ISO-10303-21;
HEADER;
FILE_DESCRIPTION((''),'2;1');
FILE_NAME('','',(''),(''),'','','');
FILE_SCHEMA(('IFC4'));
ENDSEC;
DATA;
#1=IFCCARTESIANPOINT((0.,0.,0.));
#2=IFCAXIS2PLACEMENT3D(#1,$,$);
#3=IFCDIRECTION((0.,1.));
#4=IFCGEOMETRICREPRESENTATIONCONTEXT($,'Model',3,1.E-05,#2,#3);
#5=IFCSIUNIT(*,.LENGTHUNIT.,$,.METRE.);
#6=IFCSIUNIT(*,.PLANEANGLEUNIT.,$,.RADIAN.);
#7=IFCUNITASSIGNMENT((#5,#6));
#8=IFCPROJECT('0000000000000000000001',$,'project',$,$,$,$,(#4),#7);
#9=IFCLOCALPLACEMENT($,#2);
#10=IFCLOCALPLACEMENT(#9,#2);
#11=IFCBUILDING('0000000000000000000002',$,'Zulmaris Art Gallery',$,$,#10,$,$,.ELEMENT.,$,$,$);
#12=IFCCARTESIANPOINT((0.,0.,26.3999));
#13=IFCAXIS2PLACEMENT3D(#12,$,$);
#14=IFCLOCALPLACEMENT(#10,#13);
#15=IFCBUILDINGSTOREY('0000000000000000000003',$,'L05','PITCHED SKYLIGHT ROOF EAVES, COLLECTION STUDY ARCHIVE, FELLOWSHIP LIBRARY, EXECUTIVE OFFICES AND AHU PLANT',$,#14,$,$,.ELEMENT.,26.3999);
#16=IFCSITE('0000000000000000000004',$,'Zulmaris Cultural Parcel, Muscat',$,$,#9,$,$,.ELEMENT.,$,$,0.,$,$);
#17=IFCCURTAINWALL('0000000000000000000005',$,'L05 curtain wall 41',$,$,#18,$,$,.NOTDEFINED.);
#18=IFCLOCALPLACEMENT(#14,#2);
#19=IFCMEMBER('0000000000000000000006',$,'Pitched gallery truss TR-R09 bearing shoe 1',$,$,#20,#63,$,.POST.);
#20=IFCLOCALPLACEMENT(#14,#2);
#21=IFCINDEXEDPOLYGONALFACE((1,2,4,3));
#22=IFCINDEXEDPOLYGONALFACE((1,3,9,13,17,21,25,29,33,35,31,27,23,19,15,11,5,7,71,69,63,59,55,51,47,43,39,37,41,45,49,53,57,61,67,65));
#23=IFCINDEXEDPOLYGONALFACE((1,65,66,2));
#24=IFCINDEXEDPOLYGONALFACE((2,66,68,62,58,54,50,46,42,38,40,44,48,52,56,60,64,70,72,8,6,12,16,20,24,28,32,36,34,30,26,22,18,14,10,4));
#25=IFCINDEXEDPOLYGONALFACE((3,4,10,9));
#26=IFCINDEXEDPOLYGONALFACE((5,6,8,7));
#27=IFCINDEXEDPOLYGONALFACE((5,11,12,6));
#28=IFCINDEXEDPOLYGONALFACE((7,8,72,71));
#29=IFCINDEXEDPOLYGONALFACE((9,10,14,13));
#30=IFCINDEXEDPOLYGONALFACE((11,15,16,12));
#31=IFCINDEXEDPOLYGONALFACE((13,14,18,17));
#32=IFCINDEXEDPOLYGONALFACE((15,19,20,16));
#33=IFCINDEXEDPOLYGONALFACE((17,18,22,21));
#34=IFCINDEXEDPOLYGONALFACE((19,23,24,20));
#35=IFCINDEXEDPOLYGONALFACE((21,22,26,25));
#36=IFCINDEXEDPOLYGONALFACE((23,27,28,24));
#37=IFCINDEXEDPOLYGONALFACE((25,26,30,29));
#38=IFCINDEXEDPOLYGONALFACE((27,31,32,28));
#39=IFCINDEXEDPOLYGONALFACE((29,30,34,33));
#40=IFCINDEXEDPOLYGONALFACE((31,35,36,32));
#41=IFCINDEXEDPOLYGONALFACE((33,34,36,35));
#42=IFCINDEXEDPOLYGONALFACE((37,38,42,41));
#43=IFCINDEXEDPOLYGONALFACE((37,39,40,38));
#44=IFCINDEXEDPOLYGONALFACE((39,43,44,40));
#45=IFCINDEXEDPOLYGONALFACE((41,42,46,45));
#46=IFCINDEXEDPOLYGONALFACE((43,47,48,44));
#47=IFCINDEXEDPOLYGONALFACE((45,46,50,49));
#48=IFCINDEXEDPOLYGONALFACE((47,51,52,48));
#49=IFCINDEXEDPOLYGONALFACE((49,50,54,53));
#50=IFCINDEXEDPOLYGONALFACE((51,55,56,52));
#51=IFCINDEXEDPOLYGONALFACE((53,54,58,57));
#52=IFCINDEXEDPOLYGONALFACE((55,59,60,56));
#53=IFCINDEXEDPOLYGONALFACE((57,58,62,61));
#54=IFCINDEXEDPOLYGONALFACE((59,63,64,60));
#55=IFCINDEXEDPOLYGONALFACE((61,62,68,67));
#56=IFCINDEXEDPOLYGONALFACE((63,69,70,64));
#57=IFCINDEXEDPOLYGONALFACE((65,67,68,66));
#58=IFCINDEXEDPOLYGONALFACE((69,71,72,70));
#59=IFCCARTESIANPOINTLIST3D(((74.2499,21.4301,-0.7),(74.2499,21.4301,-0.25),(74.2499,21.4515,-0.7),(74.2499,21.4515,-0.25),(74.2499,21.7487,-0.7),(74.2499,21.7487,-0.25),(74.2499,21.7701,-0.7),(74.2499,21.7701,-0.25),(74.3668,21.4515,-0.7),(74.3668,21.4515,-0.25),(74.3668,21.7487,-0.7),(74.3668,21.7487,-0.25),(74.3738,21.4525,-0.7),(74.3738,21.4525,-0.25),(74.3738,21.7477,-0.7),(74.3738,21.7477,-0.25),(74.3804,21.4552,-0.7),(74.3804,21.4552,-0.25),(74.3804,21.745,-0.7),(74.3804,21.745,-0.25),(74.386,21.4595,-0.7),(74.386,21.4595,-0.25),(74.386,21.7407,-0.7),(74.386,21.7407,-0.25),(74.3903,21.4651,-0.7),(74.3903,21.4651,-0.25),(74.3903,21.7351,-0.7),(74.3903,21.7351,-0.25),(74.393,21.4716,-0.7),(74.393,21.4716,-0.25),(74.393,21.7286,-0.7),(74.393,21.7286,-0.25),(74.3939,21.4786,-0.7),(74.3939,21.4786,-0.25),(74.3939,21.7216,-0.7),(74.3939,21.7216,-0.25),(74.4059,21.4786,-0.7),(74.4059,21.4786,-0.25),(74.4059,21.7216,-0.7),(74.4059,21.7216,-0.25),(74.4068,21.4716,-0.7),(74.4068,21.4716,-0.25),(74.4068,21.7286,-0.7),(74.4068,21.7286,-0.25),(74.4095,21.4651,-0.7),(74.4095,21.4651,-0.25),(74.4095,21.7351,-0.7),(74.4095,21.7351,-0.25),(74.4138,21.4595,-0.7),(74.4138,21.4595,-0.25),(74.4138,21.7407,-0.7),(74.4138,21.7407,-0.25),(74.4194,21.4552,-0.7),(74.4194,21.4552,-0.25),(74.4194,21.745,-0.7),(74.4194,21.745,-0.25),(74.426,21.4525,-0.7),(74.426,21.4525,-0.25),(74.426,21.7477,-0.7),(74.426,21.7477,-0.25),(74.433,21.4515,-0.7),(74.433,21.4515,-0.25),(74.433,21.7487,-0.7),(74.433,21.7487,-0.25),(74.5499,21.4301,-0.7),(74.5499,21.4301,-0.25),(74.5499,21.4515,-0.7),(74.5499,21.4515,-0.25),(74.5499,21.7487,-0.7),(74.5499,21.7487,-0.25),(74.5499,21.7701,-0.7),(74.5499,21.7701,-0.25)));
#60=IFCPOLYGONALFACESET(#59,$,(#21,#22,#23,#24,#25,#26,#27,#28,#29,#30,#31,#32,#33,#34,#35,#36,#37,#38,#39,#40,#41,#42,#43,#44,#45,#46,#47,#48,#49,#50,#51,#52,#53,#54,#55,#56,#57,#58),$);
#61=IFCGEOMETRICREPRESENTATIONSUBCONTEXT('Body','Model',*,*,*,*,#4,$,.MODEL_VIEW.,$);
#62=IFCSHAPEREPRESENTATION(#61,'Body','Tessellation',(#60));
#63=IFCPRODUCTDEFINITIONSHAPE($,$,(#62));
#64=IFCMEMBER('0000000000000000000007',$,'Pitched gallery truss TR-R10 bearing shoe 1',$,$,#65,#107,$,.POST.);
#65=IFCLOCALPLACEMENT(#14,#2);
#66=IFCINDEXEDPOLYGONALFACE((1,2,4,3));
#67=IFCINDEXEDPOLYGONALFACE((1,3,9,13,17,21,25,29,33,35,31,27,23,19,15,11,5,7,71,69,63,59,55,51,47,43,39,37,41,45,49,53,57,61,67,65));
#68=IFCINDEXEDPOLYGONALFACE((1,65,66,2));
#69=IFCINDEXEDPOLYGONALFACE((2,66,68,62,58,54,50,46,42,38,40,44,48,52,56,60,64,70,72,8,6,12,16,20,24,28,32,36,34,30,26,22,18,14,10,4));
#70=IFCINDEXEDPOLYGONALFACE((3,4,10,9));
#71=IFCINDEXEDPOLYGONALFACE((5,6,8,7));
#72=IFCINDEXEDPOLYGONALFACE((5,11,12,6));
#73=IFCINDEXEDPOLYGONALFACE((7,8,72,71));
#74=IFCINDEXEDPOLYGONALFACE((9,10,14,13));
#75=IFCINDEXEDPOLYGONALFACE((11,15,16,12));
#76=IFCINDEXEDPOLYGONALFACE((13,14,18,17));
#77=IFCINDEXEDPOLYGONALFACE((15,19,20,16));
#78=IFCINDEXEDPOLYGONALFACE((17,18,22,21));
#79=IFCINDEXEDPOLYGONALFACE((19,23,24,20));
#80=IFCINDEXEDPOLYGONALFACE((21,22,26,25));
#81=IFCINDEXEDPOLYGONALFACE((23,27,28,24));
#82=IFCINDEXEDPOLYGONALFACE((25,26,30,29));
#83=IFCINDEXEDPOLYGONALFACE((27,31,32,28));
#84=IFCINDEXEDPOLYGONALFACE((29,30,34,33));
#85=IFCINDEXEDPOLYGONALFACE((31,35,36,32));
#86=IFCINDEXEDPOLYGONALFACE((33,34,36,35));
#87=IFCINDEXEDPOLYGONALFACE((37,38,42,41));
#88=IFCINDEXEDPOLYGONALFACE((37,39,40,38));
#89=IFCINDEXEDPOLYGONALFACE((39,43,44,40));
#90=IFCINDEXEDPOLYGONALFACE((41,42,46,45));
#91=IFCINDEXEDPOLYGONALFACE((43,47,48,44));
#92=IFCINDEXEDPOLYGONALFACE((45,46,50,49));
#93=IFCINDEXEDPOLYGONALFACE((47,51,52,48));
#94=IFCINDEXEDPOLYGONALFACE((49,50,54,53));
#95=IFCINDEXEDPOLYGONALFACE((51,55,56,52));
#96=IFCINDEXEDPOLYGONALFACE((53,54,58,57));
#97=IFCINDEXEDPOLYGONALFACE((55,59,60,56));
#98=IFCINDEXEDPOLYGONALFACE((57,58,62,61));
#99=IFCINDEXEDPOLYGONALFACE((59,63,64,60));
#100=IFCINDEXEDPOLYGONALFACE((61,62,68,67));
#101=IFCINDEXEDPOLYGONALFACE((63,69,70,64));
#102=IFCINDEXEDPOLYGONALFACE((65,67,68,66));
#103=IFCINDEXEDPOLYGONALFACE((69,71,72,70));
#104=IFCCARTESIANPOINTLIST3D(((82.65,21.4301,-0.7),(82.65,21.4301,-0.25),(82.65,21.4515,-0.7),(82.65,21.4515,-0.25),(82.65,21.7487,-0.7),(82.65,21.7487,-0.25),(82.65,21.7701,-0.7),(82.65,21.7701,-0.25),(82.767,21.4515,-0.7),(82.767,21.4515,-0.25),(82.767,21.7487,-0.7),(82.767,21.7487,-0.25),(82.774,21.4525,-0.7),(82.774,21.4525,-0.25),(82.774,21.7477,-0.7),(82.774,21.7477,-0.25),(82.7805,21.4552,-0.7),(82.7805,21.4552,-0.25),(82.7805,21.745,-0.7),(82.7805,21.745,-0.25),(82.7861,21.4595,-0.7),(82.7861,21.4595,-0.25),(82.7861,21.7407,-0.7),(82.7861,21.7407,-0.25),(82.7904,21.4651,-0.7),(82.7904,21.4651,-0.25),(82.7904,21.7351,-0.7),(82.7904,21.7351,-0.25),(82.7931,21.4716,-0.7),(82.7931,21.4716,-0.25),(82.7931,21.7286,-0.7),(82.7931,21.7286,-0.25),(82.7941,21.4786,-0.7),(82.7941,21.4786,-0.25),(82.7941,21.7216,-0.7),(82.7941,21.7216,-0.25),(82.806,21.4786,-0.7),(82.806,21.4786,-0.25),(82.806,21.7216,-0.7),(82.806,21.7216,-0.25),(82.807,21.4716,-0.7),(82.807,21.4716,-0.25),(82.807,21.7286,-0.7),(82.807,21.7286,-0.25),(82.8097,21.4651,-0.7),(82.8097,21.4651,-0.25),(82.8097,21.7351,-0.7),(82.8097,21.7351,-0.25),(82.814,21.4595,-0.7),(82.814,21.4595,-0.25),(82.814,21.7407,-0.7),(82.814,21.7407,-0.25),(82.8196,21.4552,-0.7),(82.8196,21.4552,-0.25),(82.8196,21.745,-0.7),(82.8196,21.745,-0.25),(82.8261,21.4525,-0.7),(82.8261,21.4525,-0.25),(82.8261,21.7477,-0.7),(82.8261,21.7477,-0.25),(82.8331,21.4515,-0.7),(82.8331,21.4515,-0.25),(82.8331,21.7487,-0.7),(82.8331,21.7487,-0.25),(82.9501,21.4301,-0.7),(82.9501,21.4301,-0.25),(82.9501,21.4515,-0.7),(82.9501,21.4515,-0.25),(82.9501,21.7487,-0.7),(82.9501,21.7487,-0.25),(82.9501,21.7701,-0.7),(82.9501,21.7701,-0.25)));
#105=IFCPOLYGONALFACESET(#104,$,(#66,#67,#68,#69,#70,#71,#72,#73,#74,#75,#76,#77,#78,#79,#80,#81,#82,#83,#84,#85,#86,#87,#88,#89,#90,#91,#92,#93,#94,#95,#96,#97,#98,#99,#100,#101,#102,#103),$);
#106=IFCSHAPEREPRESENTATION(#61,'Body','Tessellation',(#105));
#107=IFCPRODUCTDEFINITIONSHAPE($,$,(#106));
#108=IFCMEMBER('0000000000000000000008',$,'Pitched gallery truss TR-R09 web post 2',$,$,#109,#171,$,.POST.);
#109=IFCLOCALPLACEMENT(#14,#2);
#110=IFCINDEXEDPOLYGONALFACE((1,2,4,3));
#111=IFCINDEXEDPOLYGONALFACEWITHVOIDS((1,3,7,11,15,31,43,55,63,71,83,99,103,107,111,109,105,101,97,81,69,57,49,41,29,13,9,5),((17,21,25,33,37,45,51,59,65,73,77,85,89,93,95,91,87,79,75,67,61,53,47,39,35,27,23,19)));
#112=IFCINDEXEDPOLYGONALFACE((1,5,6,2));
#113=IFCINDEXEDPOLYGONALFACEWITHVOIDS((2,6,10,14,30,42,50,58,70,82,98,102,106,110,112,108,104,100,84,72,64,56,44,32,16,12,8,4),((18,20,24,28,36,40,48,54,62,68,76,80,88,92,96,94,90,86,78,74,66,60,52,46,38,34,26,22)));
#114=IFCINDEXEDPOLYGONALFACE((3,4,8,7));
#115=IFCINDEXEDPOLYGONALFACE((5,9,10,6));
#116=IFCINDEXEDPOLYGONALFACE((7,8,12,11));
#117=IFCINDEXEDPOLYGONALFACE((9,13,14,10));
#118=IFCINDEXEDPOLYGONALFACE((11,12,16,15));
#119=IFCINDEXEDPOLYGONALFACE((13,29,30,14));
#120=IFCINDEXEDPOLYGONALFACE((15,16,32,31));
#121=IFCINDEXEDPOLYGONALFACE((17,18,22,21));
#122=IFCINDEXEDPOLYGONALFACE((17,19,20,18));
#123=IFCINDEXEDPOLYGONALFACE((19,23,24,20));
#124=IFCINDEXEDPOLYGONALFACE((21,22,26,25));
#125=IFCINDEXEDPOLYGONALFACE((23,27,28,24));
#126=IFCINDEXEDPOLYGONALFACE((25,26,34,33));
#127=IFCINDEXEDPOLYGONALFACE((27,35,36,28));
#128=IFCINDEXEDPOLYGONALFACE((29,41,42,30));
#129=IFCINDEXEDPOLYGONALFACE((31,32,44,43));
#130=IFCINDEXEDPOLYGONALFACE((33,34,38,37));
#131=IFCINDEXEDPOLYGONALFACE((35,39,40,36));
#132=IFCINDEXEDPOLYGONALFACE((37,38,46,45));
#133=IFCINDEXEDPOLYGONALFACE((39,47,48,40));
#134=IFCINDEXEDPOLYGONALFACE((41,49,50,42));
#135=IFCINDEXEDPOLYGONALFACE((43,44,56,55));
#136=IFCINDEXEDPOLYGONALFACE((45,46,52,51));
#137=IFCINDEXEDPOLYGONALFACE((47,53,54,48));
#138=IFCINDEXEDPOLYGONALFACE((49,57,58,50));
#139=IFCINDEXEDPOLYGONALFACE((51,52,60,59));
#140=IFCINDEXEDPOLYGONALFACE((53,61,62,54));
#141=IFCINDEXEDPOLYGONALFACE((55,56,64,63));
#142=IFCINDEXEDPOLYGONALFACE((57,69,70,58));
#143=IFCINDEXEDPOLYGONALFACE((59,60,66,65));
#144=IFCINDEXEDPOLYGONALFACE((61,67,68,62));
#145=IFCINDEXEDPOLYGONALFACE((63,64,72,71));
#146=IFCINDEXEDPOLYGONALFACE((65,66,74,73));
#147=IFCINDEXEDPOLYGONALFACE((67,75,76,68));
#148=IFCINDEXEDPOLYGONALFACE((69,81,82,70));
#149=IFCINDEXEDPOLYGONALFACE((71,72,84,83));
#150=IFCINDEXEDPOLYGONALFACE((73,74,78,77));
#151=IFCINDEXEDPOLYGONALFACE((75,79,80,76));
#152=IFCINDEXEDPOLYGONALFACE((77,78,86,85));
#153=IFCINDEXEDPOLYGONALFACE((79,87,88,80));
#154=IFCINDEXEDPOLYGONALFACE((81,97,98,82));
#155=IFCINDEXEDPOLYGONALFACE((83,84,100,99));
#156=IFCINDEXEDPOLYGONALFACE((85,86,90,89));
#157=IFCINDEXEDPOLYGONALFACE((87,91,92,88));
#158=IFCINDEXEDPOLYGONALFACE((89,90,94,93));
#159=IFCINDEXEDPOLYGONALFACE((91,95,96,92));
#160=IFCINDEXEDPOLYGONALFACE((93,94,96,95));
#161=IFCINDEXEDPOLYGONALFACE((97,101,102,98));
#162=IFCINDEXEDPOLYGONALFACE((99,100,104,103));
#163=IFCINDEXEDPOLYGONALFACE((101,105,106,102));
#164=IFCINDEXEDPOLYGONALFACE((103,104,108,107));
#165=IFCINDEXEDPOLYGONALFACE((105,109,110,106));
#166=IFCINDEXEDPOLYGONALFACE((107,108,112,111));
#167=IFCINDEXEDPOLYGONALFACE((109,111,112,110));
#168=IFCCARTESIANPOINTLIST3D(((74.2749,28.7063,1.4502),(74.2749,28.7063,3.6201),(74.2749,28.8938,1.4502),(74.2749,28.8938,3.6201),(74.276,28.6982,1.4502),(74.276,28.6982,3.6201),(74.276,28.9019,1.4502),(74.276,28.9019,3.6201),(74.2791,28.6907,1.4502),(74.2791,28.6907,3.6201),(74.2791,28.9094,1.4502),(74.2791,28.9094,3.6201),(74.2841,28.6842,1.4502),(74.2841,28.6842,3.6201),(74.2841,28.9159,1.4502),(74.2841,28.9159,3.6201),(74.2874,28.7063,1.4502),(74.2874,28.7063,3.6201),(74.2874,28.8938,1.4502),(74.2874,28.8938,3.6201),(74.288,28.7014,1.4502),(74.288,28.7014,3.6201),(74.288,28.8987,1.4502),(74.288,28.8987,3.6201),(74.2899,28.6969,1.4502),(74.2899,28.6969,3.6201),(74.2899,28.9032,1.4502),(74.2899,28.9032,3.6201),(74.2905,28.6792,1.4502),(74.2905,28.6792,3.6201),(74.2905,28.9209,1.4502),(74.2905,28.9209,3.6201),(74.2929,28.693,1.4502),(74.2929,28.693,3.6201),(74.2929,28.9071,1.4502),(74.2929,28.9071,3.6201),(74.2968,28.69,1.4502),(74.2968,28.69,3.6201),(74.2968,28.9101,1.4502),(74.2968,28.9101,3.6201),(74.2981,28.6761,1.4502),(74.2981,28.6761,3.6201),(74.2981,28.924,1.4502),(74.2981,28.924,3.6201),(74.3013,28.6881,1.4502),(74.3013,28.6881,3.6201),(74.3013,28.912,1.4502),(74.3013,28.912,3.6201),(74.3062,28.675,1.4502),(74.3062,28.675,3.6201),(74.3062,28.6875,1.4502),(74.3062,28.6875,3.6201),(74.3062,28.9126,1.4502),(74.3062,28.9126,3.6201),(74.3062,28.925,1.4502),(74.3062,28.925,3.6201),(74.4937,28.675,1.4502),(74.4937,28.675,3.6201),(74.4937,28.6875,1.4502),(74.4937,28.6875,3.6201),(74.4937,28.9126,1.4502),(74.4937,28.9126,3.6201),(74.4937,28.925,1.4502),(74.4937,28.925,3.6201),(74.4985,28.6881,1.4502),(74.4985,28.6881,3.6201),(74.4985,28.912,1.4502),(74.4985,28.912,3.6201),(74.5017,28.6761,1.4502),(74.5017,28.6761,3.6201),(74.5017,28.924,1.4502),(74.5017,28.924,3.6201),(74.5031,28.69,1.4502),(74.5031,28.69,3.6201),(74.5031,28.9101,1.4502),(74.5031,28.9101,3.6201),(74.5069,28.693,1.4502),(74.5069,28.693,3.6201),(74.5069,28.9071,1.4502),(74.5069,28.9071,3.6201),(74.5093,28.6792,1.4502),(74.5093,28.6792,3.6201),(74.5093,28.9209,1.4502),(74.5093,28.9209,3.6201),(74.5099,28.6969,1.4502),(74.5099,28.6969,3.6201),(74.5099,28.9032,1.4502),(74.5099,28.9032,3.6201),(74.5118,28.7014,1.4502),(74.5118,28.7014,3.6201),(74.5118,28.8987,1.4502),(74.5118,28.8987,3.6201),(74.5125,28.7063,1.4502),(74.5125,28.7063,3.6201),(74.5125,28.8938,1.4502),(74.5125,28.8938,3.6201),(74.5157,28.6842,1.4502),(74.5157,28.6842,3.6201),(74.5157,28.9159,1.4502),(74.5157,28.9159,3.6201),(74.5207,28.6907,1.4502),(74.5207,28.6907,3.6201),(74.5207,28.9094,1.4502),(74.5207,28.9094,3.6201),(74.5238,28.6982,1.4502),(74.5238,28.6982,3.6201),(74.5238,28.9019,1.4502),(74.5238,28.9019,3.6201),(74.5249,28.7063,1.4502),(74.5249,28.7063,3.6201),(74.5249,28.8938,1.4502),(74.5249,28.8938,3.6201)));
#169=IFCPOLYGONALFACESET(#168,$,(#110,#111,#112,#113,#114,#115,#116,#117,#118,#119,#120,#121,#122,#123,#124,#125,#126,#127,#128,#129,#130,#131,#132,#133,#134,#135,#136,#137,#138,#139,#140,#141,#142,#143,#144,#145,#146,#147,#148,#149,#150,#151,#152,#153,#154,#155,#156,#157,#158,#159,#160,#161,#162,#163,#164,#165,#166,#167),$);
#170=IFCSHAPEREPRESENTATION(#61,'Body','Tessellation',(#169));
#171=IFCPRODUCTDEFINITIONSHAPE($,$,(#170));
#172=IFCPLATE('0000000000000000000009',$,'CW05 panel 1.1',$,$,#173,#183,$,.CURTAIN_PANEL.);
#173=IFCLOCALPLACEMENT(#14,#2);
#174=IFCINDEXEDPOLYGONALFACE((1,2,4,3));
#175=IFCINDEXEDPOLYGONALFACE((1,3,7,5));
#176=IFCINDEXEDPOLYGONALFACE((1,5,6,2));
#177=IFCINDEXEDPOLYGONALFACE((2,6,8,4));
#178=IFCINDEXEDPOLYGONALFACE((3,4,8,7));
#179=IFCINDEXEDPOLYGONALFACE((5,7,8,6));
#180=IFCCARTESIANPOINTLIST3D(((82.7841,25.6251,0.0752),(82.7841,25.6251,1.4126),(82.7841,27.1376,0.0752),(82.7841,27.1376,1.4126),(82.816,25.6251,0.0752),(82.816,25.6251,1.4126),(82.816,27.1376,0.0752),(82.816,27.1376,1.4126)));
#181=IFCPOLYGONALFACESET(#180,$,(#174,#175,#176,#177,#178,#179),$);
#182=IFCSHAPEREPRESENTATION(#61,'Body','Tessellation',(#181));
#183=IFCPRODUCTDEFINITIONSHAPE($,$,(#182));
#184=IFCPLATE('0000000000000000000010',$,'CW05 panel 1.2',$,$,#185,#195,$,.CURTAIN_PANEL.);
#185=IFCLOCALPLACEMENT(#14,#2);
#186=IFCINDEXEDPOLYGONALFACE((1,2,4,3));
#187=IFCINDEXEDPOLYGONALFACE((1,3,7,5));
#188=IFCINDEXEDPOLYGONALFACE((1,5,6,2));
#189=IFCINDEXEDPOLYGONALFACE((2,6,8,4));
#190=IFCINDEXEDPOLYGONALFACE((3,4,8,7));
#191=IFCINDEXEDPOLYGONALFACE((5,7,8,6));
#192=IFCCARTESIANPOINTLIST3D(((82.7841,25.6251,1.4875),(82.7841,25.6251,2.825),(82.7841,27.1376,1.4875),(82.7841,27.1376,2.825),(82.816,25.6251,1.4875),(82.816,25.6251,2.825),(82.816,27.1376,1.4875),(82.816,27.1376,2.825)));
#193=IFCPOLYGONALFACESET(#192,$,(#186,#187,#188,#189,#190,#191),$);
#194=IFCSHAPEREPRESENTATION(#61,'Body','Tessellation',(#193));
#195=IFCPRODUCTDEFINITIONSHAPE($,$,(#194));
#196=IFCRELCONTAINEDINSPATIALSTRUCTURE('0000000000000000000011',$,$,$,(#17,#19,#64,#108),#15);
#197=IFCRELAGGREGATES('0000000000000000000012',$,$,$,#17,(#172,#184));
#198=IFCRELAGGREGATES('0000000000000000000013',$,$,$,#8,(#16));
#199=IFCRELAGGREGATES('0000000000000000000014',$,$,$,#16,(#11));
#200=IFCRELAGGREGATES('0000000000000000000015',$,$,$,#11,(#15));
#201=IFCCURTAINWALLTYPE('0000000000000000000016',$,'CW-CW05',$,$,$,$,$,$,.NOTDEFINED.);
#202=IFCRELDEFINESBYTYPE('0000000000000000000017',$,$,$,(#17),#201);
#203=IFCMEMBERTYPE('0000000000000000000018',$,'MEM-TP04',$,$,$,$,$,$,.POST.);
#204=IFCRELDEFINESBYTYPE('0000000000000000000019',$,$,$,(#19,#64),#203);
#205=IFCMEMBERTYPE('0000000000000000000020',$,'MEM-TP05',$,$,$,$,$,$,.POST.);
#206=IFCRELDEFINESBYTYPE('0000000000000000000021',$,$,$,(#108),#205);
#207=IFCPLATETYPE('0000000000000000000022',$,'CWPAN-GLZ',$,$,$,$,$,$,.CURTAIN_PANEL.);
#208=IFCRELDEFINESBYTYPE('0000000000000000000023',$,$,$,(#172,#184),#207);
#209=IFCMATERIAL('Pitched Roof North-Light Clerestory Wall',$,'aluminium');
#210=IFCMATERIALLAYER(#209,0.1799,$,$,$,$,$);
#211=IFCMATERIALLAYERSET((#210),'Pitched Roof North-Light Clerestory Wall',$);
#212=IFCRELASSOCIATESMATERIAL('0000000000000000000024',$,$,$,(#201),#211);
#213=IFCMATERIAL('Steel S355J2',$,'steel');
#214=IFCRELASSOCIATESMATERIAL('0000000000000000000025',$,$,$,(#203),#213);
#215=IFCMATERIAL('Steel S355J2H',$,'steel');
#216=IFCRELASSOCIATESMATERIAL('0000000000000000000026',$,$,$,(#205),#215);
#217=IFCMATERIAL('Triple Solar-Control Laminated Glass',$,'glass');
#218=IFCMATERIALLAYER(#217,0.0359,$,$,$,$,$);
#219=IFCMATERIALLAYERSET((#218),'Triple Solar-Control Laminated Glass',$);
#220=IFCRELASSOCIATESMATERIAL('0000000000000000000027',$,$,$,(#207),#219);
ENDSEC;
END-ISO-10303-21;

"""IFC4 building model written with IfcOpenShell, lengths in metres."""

from ifc_helpers import new_model, si_unit, direction, frame, origin, origin_2d, place, context, subcontext, project, spatial, rectangle, hollow_rectangle, i_section, extrude, material, layer, layer_set, material_profile, profile_set, type_object, element, aggregate, save


model = new_model("IFC4")

# Units and contexts
model_context = context("Model", 3, precision=1e-05, world=origin(), true_north=direction((0.0, 1.0)))
body_context = subcontext(model_context, "Body", "Model", "MODEL_VIEW")
ifc_project = project(units=[si_unit("LENGTHUNIT", "METRE"), si_unit("PLANEANGLEUNIT", "RADIAN")], contexts=[model_context])

# Site, building, storey
site_placement = place(None, origin())
site = spatial("IfcSite", under=ifc_project, at=site_placement, Name="Zulmaris Cultural Parcel, Muscat", CompositionType="ELEMENT", RefElevation=0.0)
building_placement = place(site_placement, origin())
building = spatial("IfcBuilding", under=site, at=building_placement, Name="Zulmaris Art Gallery", CompositionType="ELEMENT")
storey_placement = place(building_placement, frame((0.0, 0.0, 26.3999)))
storey = spatial("IfcBuildingStorey", under=building, at=storey_placement, Name="L05", Description="PITCHED SKYLIGHT ROOF EAVES, COLLECTION STUDY ARCHIVE, FELLOWSHIP LIBRARY, EXECUTIVE OFFICES AND AHU PLANT", CompositionType="ELEMENT", Elevation=26.3999)

# Curtain wall
ifc_material_1 = material(Name="Pitched Roof North-Light Clerestory Wall", Category="aluminium")
ifc_layer_1 = layer(ifc_material_1, 0.1799)
ifc_layer_set_1 = layer_set([ifc_layer_1], Name="Pitched Roof North-Light Clerestory Wall")
curtain_wall_type = type_object("IfcCurtainWallType", Name="CW-CW05", PredefinedType="NOTDEFINED", material=ifc_layer_set_1)
curtain_wall_placement = place(storey_placement, origin())
curtain_wall = element("IfcCurtainWall", 1, at=curtain_wall_placement, inside=storey, type_object=curtain_wall_type, Name="L05 curtain wall 41", PredefinedType="NOTDEFINED")

# Members
ifc_material_2 = material(Name="Steel S355J2H", Category="steel")
ifc_material_3 = material(Name="Steel S355J2", Category="steel")
ifc_material_profile_1 = material_profile(ifc_material_3, i_section(OverallWidth=0.3, OverallDepth=0.3401, WebThickness=0.012, FlangeThickness=0.0215, FilletRadius=0.0271, at=origin_2d()), Name="HEB 340")
ifc_profile_set_1 = profile_set([ifc_material_profile_1], Name="Steel S355J2")
member_type_1 = type_object("IfcMemberType", Name="MEM-TP04", PredefinedType="POST", material=ifc_profile_set_1)
for number, where, z_axis, x_axis, name in (
    (2, (74.3999, 21.6001, -0.7), (0.0, 0.0, 1.0), (1.0, 0.0, 0.0), "Pitched gallery truss TR-R09 bearing shoe 1"),
    (3, (82.8, 21.6001, -0.7), (0.0, 0.0, 1.0), (1.0, 0.0, 0.0), "Pitched gallery truss TR-R10 bearing shoe 1"),
):
    element("IfcMember", number, at=place(storey_placement, frame(where, z_axis=z_axis, x_axis=x_axis)), inside=storey, type_object=member_type_1, Name=name, PredefinedType="POST", context=body_context, shape_type="SweptSolid", body=[
        extrude(i_section(OverallWidth=0.3, OverallDepth=0.3401, WebThickness=0.012, FlangeThickness=0.0215, FilletRadius=0.0271, at=origin_2d()), origin(), (0.0, 0.0, 1.0), 0.45),
    ])
ifc_material_profile_2 = material_profile(ifc_material_2, hollow_rectangle(XDim=0.25, YDim=0.25, WallThickness=0.0125, InnerFilletRadius=0.0188, OuterFilletRadius=0.0312, at=origin_2d()), Name="SHS 250x250x12.5")
ifc_profile_set_2 = profile_set([ifc_material_profile_2], Name="Steel S355J2H")
member_type_2 = type_object("IfcMemberType", Name="MEM-TP05", PredefinedType="POST", material=ifc_profile_set_2)
member_1_placement = place(storey_placement, frame((74.3999, 28.8, 1.4502), z_axis=(0.0, 0.0, 1.0), x_axis=(1.0, 0.0, 0.0)))
element("IfcMember", 4, at=member_1_placement, inside=storey, type_object=member_type_2, Name="Pitched gallery truss TR-R09 web post 2", PredefinedType="POST", context=body_context, shape_type="SweptSolid", body=[
    extrude(hollow_rectangle(XDim=0.25, YDim=0.25, WallThickness=0.0125, InnerFilletRadius=0.0188, OuterFilletRadius=0.0312, at=origin_2d()), origin(), (0.0, 0.0, 1.0), 2.1699),
])

# Plates
ifc_material_4 = material(Name="Triple Solar-Control Laminated Glass", Category="glass")
ifc_layer_2 = layer(ifc_material_4, 0.0359)
ifc_layer_set_2 = layer_set([ifc_layer_2], Name="Triple Solar-Control Laminated Glass")
plate_type_1 = type_object("IfcPlateType", Name="CWPAN-GLZ", PredefinedType="CURTAIN_PANEL", material=ifc_layer_set_2)
plate_1_placement = place(storey_placement, frame((82.8, 26.3813, 0.0752), z_axis=(0.0, 0.0, 1.0), x_axis=(0.0, 1.0, 0.0)))
plate_1 = element("IfcPlate", 5, at=plate_1_placement, type_object=plate_type_1, Name="CW05 panel 1.1", PredefinedType="CURTAIN_PANEL", context=body_context, shape_type="SweptSolid", body=[
    extrude(rectangle(XDim=1.5125, YDim=0.032, at=origin_2d()), origin(), (0.0, 0.0, 1.0), 1.3374),
])
plate_2_placement = place(storey_placement, frame((82.8, 26.3813, 1.4875), z_axis=(0.0, 0.0, 1.0), x_axis=(0.0, 1.0, 0.0)))
plate_2 = element("IfcPlate", 6, at=plate_2_placement, type_object=plate_type_1, Name="CW05 panel 1.2", PredefinedType="CURTAIN_PANEL", context=body_context, shape_type="SweptSolid", body=[
    extrude(rectangle(XDim=1.5125, YDim=0.032, at=origin_2d()), origin(), (0.0, 0.0, 1.0), 1.3374),
])
aggregate(curtain_wall, [plate_1, plate_2])

save(model, "model.ifc")
